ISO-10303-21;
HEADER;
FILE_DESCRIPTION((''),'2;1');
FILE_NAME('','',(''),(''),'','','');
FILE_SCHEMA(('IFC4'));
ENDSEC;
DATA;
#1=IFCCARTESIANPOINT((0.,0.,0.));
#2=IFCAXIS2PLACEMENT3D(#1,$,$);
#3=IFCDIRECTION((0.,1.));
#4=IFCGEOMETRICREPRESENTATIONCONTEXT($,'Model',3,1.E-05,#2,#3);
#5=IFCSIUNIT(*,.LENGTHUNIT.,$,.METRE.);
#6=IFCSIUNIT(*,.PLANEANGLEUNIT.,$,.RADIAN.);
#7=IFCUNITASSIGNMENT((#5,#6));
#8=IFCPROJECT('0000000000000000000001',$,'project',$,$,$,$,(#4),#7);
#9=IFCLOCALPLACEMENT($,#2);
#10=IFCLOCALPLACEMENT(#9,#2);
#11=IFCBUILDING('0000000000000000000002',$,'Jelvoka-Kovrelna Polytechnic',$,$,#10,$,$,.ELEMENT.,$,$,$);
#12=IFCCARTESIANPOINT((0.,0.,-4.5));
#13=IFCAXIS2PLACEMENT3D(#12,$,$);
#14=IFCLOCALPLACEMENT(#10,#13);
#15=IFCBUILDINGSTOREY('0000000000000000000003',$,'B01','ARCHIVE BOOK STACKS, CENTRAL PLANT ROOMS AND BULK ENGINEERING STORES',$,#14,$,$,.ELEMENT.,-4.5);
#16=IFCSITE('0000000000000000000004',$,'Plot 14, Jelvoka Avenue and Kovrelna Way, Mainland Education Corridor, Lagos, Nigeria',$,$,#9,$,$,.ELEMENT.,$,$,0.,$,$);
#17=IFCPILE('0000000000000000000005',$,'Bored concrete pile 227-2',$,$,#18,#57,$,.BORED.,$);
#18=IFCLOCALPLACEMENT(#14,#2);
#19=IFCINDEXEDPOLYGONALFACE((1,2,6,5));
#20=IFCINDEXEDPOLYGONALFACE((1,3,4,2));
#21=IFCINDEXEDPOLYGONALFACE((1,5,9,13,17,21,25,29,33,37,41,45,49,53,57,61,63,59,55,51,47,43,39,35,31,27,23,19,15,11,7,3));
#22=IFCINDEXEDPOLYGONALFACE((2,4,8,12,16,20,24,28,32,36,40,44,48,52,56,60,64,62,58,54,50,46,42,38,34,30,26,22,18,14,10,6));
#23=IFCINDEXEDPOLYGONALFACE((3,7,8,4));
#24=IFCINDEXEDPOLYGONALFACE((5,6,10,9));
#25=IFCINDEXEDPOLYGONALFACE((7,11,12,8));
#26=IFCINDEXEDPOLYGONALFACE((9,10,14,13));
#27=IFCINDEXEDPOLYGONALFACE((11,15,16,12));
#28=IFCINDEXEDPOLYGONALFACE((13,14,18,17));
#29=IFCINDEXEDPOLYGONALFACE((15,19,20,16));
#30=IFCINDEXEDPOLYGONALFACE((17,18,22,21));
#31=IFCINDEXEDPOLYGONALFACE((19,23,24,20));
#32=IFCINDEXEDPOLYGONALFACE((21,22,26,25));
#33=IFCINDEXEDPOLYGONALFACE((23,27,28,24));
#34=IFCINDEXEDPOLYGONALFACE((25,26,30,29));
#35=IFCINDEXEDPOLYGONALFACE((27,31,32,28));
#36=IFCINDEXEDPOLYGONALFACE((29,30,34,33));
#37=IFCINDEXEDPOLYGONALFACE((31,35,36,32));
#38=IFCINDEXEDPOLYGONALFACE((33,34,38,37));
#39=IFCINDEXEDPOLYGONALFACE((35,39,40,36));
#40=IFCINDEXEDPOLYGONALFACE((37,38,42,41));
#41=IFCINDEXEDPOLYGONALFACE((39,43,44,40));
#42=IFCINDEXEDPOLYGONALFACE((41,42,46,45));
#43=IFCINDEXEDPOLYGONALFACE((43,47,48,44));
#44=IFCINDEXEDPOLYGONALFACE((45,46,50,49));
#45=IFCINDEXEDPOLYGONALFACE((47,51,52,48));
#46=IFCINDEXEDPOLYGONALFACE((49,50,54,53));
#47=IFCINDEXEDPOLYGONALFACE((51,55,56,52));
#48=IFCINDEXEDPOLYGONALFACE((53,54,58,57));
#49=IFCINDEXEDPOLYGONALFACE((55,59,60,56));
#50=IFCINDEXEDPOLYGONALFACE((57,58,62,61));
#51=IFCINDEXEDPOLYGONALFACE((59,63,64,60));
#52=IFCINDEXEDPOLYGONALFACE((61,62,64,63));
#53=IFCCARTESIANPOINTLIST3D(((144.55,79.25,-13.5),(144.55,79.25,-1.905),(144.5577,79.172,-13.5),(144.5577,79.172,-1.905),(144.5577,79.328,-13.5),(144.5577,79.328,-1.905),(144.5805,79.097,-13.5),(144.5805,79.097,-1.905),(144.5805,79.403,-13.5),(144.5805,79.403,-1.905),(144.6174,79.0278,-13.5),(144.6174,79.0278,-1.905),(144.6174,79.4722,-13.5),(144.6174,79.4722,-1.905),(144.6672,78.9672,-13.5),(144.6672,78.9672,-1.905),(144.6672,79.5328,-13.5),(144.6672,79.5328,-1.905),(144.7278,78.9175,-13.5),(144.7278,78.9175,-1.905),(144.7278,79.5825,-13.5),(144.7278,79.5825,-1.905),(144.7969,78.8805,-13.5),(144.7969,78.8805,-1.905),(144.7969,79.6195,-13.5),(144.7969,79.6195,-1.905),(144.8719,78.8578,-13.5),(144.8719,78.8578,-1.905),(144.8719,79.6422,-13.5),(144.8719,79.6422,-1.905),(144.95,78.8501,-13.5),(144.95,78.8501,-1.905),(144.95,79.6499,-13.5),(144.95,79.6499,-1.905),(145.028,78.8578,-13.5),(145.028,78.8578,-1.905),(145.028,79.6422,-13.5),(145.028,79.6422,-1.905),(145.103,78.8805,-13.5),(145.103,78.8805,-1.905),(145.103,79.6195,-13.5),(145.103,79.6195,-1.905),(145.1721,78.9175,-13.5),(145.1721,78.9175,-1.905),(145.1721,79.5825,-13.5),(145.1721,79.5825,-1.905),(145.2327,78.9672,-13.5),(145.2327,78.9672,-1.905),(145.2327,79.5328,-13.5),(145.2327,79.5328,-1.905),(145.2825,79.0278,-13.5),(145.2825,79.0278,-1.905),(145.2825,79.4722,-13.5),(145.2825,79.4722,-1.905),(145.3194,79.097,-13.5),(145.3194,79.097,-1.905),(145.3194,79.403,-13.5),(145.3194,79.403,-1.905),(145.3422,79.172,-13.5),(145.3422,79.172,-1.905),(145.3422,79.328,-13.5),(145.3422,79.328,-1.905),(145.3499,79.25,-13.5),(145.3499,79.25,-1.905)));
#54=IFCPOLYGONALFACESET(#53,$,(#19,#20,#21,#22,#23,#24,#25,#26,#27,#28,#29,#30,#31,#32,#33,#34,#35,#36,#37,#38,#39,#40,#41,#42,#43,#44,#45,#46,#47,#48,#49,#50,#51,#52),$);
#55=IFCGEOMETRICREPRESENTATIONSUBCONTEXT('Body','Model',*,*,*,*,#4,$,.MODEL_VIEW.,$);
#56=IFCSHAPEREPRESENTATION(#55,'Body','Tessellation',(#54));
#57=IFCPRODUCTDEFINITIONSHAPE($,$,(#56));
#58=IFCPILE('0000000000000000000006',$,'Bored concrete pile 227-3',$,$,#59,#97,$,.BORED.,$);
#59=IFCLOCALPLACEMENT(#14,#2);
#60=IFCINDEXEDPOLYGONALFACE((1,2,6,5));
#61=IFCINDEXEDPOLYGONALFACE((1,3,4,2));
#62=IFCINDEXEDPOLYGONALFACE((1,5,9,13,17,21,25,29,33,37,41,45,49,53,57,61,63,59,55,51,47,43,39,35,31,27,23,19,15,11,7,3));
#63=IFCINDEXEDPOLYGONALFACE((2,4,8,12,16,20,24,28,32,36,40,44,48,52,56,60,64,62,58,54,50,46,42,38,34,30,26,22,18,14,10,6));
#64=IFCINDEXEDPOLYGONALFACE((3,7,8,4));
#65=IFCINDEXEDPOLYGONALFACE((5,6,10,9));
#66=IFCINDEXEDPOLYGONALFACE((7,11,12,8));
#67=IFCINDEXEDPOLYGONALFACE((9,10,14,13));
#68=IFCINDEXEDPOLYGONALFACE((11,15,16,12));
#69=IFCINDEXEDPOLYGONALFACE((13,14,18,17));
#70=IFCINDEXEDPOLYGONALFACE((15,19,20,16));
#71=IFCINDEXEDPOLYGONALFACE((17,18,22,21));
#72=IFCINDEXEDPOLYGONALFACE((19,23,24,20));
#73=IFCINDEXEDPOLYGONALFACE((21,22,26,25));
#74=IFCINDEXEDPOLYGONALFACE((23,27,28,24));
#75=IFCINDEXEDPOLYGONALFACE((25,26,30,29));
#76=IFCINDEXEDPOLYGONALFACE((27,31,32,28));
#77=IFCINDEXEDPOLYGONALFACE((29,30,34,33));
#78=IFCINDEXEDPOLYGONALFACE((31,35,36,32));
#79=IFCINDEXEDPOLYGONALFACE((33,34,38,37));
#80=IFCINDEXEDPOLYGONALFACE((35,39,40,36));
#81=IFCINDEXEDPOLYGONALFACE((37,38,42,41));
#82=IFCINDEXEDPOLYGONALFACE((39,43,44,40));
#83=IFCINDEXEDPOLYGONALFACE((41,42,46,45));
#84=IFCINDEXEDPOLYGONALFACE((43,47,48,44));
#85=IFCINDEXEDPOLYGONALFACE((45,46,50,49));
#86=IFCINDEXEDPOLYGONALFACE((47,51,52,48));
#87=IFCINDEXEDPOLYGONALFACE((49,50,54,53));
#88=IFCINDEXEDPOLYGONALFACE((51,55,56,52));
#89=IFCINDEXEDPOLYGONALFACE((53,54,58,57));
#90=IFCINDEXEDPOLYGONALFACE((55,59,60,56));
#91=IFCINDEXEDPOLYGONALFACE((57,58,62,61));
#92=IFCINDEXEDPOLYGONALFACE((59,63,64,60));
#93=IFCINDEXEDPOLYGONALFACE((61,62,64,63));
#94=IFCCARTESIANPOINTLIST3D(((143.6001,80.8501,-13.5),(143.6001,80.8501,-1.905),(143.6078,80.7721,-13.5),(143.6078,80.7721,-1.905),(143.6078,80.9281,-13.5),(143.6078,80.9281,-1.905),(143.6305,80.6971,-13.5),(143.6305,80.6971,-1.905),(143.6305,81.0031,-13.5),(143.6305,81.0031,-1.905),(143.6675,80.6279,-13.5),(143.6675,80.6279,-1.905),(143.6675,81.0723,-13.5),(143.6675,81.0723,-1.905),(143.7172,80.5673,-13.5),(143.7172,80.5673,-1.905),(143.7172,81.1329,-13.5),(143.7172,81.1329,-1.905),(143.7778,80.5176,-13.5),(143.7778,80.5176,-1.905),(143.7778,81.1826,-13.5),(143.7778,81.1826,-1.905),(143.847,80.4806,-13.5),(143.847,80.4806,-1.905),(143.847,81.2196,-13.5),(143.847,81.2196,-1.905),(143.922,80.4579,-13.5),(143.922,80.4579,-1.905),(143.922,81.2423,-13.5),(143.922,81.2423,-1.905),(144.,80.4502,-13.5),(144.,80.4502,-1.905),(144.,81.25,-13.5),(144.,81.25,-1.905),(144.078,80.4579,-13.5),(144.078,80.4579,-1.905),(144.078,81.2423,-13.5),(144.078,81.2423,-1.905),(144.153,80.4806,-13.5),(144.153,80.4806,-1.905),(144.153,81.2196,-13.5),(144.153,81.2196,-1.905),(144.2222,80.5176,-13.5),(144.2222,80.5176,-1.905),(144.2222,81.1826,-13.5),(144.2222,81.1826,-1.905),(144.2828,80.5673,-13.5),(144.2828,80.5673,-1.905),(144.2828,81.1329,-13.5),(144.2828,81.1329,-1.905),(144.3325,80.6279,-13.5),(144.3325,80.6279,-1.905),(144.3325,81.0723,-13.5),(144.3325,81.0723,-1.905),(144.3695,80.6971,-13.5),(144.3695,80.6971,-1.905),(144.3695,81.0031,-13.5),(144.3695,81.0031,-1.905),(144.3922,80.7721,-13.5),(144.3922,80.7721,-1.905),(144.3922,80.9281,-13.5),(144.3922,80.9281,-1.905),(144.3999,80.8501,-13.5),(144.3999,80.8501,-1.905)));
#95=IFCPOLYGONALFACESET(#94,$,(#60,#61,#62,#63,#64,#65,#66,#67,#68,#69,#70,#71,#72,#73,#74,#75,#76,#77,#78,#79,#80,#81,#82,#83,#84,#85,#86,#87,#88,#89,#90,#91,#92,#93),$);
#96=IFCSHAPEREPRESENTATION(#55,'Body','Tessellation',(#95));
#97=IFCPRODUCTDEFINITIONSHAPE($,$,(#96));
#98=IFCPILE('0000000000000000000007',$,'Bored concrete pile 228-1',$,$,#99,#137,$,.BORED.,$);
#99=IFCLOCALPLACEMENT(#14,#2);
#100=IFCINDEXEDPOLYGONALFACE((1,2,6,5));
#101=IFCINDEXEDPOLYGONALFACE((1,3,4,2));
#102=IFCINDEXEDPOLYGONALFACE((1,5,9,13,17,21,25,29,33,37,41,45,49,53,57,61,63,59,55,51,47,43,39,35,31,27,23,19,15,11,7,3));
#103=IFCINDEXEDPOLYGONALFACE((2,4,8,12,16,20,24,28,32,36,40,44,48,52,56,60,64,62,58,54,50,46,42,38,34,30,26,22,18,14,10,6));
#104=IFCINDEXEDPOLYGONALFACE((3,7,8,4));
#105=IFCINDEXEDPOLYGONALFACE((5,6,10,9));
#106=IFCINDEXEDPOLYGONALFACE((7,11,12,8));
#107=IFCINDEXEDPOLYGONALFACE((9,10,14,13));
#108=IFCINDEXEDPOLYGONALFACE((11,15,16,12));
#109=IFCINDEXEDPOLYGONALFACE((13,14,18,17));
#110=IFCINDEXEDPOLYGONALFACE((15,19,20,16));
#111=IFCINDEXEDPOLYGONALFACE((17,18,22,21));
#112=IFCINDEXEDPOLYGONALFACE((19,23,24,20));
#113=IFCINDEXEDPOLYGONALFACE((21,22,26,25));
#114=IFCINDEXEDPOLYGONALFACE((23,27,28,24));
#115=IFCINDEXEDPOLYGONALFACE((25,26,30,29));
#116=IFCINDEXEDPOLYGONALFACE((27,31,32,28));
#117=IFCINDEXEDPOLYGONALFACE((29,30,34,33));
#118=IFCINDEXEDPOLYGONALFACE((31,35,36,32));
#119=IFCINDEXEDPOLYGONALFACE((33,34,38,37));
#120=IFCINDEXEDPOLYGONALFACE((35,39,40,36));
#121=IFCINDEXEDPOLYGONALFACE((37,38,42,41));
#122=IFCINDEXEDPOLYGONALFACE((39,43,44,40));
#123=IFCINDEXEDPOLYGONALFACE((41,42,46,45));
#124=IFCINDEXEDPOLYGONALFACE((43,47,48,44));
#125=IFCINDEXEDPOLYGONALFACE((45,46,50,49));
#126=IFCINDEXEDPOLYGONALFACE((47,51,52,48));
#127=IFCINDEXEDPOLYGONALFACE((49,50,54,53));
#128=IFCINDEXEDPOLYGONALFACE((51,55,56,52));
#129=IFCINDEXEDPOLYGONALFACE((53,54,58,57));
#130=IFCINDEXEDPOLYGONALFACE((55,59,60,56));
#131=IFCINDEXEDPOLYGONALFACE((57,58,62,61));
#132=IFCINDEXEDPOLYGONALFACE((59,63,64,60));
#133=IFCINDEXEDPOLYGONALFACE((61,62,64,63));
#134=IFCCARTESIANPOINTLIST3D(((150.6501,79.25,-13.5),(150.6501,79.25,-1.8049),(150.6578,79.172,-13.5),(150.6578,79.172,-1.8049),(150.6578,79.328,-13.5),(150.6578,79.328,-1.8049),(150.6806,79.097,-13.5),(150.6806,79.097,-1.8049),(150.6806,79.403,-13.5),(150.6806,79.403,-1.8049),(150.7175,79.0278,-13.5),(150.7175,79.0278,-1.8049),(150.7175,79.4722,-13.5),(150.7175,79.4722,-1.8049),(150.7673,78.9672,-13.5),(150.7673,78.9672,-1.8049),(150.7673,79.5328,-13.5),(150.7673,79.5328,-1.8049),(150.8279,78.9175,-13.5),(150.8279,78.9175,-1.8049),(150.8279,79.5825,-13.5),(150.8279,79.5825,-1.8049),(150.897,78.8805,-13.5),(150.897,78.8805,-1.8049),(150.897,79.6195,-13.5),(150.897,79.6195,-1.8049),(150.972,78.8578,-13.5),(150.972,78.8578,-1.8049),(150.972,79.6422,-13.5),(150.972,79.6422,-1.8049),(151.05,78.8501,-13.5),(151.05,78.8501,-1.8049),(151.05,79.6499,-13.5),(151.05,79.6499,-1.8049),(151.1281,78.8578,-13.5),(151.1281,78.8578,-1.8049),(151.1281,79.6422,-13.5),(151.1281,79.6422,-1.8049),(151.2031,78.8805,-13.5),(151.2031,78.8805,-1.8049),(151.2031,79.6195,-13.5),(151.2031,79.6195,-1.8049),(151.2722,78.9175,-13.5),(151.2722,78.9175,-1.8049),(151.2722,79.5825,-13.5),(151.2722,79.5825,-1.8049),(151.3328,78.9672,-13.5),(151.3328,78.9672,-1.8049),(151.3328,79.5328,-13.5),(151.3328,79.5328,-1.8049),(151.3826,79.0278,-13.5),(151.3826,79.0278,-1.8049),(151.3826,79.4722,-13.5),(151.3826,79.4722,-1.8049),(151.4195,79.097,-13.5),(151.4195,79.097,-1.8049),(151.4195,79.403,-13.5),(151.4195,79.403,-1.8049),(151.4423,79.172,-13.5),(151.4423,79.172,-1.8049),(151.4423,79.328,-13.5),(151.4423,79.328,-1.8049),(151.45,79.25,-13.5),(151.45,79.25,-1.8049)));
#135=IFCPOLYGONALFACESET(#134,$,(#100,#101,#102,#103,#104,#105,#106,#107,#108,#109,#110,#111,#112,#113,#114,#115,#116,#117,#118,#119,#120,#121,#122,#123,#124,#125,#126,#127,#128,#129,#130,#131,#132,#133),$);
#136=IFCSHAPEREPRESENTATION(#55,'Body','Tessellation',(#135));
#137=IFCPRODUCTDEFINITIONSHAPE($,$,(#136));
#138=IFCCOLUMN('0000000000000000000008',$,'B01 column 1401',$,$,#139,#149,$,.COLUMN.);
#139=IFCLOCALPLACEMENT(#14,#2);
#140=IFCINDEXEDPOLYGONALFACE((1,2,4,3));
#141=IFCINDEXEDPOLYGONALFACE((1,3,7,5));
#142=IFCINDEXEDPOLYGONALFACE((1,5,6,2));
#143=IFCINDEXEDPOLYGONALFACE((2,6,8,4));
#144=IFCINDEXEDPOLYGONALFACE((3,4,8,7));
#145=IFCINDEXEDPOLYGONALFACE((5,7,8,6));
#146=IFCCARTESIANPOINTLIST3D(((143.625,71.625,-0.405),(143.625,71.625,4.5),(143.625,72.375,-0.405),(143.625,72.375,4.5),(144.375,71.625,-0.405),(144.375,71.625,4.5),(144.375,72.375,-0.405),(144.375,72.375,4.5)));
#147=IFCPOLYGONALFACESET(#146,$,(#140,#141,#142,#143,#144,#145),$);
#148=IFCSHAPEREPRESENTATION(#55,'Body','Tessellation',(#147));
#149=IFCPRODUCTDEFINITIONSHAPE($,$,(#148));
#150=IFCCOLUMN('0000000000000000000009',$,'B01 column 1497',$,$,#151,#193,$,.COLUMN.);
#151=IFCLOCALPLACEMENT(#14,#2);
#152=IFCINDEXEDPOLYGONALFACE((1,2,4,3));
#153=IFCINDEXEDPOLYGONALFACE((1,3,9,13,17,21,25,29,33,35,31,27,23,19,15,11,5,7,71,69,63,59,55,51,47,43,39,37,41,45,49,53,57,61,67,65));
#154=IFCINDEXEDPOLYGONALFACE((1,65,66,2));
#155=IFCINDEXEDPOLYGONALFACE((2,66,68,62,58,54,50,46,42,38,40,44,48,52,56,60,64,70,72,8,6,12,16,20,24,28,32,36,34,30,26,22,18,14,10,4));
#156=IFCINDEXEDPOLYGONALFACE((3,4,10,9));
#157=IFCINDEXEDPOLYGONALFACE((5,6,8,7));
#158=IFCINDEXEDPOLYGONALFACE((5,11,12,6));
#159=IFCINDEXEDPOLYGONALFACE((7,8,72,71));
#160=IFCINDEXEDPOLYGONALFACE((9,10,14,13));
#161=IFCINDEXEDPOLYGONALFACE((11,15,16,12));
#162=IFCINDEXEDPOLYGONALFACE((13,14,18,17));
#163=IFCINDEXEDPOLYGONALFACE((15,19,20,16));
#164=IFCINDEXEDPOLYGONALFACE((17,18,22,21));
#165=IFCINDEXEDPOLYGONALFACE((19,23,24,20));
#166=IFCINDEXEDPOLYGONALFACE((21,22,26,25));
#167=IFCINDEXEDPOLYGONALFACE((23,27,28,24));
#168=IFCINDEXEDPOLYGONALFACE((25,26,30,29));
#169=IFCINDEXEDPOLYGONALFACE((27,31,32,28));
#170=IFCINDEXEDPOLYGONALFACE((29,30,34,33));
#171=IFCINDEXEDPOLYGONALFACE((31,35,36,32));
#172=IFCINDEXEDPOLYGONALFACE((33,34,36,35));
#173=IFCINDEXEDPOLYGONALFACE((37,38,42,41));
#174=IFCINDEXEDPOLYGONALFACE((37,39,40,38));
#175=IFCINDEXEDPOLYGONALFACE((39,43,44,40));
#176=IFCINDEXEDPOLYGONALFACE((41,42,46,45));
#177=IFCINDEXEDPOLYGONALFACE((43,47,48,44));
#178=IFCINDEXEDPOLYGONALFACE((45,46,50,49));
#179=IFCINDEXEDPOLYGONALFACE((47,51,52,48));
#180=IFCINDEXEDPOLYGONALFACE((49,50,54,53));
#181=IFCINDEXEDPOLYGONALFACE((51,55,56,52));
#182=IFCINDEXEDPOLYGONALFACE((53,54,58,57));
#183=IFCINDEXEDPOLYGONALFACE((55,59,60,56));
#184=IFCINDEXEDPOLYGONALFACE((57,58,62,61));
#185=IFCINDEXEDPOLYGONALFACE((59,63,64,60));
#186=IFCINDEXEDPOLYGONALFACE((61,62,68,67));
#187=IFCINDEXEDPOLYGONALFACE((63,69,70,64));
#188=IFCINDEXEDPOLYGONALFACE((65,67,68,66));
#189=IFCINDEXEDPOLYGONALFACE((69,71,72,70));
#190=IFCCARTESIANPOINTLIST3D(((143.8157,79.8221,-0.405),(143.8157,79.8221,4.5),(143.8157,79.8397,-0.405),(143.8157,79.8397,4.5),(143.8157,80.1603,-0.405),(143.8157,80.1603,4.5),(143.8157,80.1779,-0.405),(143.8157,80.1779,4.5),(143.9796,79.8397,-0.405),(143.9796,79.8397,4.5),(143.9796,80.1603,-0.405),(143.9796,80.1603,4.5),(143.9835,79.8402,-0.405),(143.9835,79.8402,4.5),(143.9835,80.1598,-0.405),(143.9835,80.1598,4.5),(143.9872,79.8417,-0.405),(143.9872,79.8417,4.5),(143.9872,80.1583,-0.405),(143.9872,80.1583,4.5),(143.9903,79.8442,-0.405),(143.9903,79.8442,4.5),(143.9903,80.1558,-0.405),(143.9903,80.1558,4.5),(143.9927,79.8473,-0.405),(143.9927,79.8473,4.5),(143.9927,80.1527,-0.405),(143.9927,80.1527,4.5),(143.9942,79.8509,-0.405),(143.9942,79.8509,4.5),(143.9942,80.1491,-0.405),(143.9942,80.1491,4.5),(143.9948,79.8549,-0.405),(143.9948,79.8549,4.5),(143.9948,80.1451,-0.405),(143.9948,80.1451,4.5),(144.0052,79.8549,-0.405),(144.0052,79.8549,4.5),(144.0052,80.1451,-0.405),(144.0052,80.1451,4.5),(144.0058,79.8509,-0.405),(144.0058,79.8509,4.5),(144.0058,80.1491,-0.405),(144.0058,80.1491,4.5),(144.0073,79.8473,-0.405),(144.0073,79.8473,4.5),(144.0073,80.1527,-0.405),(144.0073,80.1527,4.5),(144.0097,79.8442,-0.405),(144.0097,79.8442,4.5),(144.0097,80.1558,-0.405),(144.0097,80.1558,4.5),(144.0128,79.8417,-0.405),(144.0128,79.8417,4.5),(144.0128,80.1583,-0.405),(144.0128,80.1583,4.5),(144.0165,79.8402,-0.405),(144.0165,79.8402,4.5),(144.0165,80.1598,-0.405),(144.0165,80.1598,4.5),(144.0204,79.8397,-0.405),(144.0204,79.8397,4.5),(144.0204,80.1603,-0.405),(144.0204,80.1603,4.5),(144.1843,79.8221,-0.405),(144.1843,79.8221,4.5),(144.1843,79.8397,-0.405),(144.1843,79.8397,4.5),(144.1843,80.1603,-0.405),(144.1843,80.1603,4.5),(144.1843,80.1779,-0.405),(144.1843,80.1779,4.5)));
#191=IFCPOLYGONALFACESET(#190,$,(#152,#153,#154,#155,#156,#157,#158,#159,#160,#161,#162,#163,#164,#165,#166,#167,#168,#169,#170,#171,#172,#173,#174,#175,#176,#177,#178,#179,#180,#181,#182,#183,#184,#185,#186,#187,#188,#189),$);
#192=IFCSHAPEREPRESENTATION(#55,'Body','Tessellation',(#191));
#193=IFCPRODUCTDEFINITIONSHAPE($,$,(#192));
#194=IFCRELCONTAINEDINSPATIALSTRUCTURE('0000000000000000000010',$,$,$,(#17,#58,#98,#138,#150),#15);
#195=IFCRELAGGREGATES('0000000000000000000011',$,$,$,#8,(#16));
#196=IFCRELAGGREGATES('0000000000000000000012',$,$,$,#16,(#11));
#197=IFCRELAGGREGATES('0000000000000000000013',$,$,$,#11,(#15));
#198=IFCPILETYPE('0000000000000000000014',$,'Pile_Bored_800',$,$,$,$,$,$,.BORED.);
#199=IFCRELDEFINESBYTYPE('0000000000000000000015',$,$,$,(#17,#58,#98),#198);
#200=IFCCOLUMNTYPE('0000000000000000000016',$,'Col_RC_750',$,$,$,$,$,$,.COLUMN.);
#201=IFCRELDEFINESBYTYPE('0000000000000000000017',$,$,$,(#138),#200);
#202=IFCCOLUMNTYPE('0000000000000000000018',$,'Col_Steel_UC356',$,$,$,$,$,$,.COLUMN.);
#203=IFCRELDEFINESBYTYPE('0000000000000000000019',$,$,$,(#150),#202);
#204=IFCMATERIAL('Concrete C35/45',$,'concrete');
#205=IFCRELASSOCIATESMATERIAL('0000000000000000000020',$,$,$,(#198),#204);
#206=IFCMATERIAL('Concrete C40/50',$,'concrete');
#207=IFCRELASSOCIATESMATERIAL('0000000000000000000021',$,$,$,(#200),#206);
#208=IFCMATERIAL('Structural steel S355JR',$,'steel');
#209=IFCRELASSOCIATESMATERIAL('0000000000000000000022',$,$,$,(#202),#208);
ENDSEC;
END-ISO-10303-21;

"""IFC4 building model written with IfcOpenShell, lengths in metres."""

from ifc_helpers import new_model, si_unit, direction, frame, origin, origin_2d, place, context, subcontext, project, spatial, rectangle, circle, i_section, extrude, material, material_profile, profile_set, type_object, element, save


model = new_model("IFC4")

# Units and contexts
model_context = context("Model", 3, precision=1e-05, world=origin(), true_north=direction((0.0, 1.0)))
body_context = subcontext(model_context, "Body", "Model", "MODEL_VIEW")
ifc_project = project(units=[si_unit("LENGTHUNIT", "METRE"), si_unit("PLANEANGLEUNIT", "RADIAN")], contexts=[model_context])

# Site, building, storey
site_placement = place(None, origin())
site = spatial("IfcSite", under=ifc_project, at=site_placement, Name="Plot 14, Jelvoka Avenue and Kovrelna Way, Mainland Education Corridor, Lagos, Nigeria", CompositionType="ELEMENT", RefElevation=0.0)
building_placement = place(site_placement, origin())
building = spatial("IfcBuilding", under=site, at=building_placement, Name="Jelvoka-Kovrelna Polytechnic", CompositionType="ELEMENT")
storey_placement = place(building_placement, frame((0.0, 0.0, -4.5)))
storey = spatial("IfcBuildingStorey", under=building, at=storey_placement, Name="B01", Description="ARCHIVE BOOK STACKS, CENTRAL PLANT ROOMS AND BULK ENGINEERING STORES", CompositionType="ELEMENT", Elevation=-4.5)

# Piles
ifc_material_1 = material(Name="Concrete C35/45", Category="concrete")
ifc_material_profile_1 = material_profile(ifc_material_1, circle(Radius=0.3999, at=origin_2d()), Name="PILE D800")
ifc_profile_set_1 = profile_set([ifc_material_profile_1], Name="Concrete C35/45")
pile_type_1 = type_object("IfcPileType", Name="Pile_Bored_800", PredefinedType="BORED", material=ifc_profile_set_1)
for number, where, z_axis, x_axis, name in (
    (1, (144.95, 79.25, -1.905), (0.0, 0.0, -1.0), (1.0, 0.0, 0.0), "Bored concrete pile 227-2"),
    (2, (144.0, 80.8501, -1.905), (0.0, 0.0, -1.0), (1.0, 0.0, 0.0), "Bored concrete pile 227-3"),
):
    element("IfcPile", number, at=place(storey_placement, frame(where, z_axis=z_axis, x_axis=x_axis)), inside=storey, type_object=pile_type_1, Name=name, PredefinedType="BORED", context=body_context, shape_type="SweptSolid", body=[
        extrude(circle(Radius=0.3999, at=origin_2d()), origin(), (0.0, 0.0, 1.0), 11.595),
    ])
pile_1_placement = place(storey_placement, frame((151.05, 79.25, -1.8049), z_axis=(0.0, 0.0, -1.0), x_axis=(1.0, 0.0, 0.0)))
element("IfcPile", 3, at=pile_1_placement, inside=storey, type_object=pile_type_1, Name="Bored concrete pile 228-1", PredefinedType="BORED", context=body_context, shape_type="SweptSolid", body=[
    extrude(circle(Radius=0.3999, at=origin_2d()), origin(), (0.0, 0.0, 1.0), 11.6951),
])

# Columns
ifc_material_2 = material(Name="Concrete C40/50", Category="concrete")
ifc_material_profile_2 = material_profile(ifc_material_2, rectangle(XDim=0.75, YDim=0.75, at=origin_2d()), Name="RC 750x750")
ifc_profile_set_2 = profile_set([ifc_material_profile_2], Name="Concrete C40/50")
column_type_1 = type_object("IfcColumnType", Name="Col_RC_750", PredefinedType="COLUMN", material=ifc_profile_set_2)
column_1_placement = place(storey_placement, frame((144.0, 72.0, -0.405), z_axis=(0.0, 0.0, 1.0), x_axis=(1.0, 0.0, 0.0)))
element("IfcColumn", 4, at=column_1_placement, inside=storey, type_object=column_type_1, Name="B01 column 1401", PredefinedType="COLUMN", context=body_context, shape_type="SweptSolid", body=[
    extrude(rectangle(XDim=0.75, YDim=0.75, at=origin_2d()), origin(), (0.0, 0.0, 1.0), 4.905),
])
ifc_material_3 = material(Name="Structural steel S355JR", Category="steel")
ifc_material_profile_3 = material_profile(ifc_material_3, i_section(OverallWidth=0.3687, OverallDepth=0.3557, WebThickness=0.0105, FlangeThickness=0.0176, FilletRadius=0.0151, at=origin_2d()), Name="356x368x129 UC")
ifc_profile_set_3 = profile_set([ifc_material_profile_3], Name="Structural steel S355JR")
column_type_2 = type_object("IfcColumnType", Name="Col_Steel_UC356", PredefinedType="COLUMN", material=ifc_profile_set_3)
column_2_placement = place(storey_placement, frame((144.0, 80.0, -0.405), z_axis=(0.0, 0.0, 1.0), x_axis=(1.0, 0.0, 0.0)))
element("IfcColumn", 5, at=column_2_placement, inside=storey, type_object=column_type_2, Name="B01 column 1497", PredefinedType="COLUMN", context=body_context, shape_type="SweptSolid", body=[
    extrude(i_section(OverallWidth=0.3687, OverallDepth=0.3557, WebThickness=0.0105, FlangeThickness=0.0176, FilletRadius=0.0151, at=origin_2d()), origin(), (0.0, 0.0, 1.0), 4.905),
])

save(model, "model.ifc")
